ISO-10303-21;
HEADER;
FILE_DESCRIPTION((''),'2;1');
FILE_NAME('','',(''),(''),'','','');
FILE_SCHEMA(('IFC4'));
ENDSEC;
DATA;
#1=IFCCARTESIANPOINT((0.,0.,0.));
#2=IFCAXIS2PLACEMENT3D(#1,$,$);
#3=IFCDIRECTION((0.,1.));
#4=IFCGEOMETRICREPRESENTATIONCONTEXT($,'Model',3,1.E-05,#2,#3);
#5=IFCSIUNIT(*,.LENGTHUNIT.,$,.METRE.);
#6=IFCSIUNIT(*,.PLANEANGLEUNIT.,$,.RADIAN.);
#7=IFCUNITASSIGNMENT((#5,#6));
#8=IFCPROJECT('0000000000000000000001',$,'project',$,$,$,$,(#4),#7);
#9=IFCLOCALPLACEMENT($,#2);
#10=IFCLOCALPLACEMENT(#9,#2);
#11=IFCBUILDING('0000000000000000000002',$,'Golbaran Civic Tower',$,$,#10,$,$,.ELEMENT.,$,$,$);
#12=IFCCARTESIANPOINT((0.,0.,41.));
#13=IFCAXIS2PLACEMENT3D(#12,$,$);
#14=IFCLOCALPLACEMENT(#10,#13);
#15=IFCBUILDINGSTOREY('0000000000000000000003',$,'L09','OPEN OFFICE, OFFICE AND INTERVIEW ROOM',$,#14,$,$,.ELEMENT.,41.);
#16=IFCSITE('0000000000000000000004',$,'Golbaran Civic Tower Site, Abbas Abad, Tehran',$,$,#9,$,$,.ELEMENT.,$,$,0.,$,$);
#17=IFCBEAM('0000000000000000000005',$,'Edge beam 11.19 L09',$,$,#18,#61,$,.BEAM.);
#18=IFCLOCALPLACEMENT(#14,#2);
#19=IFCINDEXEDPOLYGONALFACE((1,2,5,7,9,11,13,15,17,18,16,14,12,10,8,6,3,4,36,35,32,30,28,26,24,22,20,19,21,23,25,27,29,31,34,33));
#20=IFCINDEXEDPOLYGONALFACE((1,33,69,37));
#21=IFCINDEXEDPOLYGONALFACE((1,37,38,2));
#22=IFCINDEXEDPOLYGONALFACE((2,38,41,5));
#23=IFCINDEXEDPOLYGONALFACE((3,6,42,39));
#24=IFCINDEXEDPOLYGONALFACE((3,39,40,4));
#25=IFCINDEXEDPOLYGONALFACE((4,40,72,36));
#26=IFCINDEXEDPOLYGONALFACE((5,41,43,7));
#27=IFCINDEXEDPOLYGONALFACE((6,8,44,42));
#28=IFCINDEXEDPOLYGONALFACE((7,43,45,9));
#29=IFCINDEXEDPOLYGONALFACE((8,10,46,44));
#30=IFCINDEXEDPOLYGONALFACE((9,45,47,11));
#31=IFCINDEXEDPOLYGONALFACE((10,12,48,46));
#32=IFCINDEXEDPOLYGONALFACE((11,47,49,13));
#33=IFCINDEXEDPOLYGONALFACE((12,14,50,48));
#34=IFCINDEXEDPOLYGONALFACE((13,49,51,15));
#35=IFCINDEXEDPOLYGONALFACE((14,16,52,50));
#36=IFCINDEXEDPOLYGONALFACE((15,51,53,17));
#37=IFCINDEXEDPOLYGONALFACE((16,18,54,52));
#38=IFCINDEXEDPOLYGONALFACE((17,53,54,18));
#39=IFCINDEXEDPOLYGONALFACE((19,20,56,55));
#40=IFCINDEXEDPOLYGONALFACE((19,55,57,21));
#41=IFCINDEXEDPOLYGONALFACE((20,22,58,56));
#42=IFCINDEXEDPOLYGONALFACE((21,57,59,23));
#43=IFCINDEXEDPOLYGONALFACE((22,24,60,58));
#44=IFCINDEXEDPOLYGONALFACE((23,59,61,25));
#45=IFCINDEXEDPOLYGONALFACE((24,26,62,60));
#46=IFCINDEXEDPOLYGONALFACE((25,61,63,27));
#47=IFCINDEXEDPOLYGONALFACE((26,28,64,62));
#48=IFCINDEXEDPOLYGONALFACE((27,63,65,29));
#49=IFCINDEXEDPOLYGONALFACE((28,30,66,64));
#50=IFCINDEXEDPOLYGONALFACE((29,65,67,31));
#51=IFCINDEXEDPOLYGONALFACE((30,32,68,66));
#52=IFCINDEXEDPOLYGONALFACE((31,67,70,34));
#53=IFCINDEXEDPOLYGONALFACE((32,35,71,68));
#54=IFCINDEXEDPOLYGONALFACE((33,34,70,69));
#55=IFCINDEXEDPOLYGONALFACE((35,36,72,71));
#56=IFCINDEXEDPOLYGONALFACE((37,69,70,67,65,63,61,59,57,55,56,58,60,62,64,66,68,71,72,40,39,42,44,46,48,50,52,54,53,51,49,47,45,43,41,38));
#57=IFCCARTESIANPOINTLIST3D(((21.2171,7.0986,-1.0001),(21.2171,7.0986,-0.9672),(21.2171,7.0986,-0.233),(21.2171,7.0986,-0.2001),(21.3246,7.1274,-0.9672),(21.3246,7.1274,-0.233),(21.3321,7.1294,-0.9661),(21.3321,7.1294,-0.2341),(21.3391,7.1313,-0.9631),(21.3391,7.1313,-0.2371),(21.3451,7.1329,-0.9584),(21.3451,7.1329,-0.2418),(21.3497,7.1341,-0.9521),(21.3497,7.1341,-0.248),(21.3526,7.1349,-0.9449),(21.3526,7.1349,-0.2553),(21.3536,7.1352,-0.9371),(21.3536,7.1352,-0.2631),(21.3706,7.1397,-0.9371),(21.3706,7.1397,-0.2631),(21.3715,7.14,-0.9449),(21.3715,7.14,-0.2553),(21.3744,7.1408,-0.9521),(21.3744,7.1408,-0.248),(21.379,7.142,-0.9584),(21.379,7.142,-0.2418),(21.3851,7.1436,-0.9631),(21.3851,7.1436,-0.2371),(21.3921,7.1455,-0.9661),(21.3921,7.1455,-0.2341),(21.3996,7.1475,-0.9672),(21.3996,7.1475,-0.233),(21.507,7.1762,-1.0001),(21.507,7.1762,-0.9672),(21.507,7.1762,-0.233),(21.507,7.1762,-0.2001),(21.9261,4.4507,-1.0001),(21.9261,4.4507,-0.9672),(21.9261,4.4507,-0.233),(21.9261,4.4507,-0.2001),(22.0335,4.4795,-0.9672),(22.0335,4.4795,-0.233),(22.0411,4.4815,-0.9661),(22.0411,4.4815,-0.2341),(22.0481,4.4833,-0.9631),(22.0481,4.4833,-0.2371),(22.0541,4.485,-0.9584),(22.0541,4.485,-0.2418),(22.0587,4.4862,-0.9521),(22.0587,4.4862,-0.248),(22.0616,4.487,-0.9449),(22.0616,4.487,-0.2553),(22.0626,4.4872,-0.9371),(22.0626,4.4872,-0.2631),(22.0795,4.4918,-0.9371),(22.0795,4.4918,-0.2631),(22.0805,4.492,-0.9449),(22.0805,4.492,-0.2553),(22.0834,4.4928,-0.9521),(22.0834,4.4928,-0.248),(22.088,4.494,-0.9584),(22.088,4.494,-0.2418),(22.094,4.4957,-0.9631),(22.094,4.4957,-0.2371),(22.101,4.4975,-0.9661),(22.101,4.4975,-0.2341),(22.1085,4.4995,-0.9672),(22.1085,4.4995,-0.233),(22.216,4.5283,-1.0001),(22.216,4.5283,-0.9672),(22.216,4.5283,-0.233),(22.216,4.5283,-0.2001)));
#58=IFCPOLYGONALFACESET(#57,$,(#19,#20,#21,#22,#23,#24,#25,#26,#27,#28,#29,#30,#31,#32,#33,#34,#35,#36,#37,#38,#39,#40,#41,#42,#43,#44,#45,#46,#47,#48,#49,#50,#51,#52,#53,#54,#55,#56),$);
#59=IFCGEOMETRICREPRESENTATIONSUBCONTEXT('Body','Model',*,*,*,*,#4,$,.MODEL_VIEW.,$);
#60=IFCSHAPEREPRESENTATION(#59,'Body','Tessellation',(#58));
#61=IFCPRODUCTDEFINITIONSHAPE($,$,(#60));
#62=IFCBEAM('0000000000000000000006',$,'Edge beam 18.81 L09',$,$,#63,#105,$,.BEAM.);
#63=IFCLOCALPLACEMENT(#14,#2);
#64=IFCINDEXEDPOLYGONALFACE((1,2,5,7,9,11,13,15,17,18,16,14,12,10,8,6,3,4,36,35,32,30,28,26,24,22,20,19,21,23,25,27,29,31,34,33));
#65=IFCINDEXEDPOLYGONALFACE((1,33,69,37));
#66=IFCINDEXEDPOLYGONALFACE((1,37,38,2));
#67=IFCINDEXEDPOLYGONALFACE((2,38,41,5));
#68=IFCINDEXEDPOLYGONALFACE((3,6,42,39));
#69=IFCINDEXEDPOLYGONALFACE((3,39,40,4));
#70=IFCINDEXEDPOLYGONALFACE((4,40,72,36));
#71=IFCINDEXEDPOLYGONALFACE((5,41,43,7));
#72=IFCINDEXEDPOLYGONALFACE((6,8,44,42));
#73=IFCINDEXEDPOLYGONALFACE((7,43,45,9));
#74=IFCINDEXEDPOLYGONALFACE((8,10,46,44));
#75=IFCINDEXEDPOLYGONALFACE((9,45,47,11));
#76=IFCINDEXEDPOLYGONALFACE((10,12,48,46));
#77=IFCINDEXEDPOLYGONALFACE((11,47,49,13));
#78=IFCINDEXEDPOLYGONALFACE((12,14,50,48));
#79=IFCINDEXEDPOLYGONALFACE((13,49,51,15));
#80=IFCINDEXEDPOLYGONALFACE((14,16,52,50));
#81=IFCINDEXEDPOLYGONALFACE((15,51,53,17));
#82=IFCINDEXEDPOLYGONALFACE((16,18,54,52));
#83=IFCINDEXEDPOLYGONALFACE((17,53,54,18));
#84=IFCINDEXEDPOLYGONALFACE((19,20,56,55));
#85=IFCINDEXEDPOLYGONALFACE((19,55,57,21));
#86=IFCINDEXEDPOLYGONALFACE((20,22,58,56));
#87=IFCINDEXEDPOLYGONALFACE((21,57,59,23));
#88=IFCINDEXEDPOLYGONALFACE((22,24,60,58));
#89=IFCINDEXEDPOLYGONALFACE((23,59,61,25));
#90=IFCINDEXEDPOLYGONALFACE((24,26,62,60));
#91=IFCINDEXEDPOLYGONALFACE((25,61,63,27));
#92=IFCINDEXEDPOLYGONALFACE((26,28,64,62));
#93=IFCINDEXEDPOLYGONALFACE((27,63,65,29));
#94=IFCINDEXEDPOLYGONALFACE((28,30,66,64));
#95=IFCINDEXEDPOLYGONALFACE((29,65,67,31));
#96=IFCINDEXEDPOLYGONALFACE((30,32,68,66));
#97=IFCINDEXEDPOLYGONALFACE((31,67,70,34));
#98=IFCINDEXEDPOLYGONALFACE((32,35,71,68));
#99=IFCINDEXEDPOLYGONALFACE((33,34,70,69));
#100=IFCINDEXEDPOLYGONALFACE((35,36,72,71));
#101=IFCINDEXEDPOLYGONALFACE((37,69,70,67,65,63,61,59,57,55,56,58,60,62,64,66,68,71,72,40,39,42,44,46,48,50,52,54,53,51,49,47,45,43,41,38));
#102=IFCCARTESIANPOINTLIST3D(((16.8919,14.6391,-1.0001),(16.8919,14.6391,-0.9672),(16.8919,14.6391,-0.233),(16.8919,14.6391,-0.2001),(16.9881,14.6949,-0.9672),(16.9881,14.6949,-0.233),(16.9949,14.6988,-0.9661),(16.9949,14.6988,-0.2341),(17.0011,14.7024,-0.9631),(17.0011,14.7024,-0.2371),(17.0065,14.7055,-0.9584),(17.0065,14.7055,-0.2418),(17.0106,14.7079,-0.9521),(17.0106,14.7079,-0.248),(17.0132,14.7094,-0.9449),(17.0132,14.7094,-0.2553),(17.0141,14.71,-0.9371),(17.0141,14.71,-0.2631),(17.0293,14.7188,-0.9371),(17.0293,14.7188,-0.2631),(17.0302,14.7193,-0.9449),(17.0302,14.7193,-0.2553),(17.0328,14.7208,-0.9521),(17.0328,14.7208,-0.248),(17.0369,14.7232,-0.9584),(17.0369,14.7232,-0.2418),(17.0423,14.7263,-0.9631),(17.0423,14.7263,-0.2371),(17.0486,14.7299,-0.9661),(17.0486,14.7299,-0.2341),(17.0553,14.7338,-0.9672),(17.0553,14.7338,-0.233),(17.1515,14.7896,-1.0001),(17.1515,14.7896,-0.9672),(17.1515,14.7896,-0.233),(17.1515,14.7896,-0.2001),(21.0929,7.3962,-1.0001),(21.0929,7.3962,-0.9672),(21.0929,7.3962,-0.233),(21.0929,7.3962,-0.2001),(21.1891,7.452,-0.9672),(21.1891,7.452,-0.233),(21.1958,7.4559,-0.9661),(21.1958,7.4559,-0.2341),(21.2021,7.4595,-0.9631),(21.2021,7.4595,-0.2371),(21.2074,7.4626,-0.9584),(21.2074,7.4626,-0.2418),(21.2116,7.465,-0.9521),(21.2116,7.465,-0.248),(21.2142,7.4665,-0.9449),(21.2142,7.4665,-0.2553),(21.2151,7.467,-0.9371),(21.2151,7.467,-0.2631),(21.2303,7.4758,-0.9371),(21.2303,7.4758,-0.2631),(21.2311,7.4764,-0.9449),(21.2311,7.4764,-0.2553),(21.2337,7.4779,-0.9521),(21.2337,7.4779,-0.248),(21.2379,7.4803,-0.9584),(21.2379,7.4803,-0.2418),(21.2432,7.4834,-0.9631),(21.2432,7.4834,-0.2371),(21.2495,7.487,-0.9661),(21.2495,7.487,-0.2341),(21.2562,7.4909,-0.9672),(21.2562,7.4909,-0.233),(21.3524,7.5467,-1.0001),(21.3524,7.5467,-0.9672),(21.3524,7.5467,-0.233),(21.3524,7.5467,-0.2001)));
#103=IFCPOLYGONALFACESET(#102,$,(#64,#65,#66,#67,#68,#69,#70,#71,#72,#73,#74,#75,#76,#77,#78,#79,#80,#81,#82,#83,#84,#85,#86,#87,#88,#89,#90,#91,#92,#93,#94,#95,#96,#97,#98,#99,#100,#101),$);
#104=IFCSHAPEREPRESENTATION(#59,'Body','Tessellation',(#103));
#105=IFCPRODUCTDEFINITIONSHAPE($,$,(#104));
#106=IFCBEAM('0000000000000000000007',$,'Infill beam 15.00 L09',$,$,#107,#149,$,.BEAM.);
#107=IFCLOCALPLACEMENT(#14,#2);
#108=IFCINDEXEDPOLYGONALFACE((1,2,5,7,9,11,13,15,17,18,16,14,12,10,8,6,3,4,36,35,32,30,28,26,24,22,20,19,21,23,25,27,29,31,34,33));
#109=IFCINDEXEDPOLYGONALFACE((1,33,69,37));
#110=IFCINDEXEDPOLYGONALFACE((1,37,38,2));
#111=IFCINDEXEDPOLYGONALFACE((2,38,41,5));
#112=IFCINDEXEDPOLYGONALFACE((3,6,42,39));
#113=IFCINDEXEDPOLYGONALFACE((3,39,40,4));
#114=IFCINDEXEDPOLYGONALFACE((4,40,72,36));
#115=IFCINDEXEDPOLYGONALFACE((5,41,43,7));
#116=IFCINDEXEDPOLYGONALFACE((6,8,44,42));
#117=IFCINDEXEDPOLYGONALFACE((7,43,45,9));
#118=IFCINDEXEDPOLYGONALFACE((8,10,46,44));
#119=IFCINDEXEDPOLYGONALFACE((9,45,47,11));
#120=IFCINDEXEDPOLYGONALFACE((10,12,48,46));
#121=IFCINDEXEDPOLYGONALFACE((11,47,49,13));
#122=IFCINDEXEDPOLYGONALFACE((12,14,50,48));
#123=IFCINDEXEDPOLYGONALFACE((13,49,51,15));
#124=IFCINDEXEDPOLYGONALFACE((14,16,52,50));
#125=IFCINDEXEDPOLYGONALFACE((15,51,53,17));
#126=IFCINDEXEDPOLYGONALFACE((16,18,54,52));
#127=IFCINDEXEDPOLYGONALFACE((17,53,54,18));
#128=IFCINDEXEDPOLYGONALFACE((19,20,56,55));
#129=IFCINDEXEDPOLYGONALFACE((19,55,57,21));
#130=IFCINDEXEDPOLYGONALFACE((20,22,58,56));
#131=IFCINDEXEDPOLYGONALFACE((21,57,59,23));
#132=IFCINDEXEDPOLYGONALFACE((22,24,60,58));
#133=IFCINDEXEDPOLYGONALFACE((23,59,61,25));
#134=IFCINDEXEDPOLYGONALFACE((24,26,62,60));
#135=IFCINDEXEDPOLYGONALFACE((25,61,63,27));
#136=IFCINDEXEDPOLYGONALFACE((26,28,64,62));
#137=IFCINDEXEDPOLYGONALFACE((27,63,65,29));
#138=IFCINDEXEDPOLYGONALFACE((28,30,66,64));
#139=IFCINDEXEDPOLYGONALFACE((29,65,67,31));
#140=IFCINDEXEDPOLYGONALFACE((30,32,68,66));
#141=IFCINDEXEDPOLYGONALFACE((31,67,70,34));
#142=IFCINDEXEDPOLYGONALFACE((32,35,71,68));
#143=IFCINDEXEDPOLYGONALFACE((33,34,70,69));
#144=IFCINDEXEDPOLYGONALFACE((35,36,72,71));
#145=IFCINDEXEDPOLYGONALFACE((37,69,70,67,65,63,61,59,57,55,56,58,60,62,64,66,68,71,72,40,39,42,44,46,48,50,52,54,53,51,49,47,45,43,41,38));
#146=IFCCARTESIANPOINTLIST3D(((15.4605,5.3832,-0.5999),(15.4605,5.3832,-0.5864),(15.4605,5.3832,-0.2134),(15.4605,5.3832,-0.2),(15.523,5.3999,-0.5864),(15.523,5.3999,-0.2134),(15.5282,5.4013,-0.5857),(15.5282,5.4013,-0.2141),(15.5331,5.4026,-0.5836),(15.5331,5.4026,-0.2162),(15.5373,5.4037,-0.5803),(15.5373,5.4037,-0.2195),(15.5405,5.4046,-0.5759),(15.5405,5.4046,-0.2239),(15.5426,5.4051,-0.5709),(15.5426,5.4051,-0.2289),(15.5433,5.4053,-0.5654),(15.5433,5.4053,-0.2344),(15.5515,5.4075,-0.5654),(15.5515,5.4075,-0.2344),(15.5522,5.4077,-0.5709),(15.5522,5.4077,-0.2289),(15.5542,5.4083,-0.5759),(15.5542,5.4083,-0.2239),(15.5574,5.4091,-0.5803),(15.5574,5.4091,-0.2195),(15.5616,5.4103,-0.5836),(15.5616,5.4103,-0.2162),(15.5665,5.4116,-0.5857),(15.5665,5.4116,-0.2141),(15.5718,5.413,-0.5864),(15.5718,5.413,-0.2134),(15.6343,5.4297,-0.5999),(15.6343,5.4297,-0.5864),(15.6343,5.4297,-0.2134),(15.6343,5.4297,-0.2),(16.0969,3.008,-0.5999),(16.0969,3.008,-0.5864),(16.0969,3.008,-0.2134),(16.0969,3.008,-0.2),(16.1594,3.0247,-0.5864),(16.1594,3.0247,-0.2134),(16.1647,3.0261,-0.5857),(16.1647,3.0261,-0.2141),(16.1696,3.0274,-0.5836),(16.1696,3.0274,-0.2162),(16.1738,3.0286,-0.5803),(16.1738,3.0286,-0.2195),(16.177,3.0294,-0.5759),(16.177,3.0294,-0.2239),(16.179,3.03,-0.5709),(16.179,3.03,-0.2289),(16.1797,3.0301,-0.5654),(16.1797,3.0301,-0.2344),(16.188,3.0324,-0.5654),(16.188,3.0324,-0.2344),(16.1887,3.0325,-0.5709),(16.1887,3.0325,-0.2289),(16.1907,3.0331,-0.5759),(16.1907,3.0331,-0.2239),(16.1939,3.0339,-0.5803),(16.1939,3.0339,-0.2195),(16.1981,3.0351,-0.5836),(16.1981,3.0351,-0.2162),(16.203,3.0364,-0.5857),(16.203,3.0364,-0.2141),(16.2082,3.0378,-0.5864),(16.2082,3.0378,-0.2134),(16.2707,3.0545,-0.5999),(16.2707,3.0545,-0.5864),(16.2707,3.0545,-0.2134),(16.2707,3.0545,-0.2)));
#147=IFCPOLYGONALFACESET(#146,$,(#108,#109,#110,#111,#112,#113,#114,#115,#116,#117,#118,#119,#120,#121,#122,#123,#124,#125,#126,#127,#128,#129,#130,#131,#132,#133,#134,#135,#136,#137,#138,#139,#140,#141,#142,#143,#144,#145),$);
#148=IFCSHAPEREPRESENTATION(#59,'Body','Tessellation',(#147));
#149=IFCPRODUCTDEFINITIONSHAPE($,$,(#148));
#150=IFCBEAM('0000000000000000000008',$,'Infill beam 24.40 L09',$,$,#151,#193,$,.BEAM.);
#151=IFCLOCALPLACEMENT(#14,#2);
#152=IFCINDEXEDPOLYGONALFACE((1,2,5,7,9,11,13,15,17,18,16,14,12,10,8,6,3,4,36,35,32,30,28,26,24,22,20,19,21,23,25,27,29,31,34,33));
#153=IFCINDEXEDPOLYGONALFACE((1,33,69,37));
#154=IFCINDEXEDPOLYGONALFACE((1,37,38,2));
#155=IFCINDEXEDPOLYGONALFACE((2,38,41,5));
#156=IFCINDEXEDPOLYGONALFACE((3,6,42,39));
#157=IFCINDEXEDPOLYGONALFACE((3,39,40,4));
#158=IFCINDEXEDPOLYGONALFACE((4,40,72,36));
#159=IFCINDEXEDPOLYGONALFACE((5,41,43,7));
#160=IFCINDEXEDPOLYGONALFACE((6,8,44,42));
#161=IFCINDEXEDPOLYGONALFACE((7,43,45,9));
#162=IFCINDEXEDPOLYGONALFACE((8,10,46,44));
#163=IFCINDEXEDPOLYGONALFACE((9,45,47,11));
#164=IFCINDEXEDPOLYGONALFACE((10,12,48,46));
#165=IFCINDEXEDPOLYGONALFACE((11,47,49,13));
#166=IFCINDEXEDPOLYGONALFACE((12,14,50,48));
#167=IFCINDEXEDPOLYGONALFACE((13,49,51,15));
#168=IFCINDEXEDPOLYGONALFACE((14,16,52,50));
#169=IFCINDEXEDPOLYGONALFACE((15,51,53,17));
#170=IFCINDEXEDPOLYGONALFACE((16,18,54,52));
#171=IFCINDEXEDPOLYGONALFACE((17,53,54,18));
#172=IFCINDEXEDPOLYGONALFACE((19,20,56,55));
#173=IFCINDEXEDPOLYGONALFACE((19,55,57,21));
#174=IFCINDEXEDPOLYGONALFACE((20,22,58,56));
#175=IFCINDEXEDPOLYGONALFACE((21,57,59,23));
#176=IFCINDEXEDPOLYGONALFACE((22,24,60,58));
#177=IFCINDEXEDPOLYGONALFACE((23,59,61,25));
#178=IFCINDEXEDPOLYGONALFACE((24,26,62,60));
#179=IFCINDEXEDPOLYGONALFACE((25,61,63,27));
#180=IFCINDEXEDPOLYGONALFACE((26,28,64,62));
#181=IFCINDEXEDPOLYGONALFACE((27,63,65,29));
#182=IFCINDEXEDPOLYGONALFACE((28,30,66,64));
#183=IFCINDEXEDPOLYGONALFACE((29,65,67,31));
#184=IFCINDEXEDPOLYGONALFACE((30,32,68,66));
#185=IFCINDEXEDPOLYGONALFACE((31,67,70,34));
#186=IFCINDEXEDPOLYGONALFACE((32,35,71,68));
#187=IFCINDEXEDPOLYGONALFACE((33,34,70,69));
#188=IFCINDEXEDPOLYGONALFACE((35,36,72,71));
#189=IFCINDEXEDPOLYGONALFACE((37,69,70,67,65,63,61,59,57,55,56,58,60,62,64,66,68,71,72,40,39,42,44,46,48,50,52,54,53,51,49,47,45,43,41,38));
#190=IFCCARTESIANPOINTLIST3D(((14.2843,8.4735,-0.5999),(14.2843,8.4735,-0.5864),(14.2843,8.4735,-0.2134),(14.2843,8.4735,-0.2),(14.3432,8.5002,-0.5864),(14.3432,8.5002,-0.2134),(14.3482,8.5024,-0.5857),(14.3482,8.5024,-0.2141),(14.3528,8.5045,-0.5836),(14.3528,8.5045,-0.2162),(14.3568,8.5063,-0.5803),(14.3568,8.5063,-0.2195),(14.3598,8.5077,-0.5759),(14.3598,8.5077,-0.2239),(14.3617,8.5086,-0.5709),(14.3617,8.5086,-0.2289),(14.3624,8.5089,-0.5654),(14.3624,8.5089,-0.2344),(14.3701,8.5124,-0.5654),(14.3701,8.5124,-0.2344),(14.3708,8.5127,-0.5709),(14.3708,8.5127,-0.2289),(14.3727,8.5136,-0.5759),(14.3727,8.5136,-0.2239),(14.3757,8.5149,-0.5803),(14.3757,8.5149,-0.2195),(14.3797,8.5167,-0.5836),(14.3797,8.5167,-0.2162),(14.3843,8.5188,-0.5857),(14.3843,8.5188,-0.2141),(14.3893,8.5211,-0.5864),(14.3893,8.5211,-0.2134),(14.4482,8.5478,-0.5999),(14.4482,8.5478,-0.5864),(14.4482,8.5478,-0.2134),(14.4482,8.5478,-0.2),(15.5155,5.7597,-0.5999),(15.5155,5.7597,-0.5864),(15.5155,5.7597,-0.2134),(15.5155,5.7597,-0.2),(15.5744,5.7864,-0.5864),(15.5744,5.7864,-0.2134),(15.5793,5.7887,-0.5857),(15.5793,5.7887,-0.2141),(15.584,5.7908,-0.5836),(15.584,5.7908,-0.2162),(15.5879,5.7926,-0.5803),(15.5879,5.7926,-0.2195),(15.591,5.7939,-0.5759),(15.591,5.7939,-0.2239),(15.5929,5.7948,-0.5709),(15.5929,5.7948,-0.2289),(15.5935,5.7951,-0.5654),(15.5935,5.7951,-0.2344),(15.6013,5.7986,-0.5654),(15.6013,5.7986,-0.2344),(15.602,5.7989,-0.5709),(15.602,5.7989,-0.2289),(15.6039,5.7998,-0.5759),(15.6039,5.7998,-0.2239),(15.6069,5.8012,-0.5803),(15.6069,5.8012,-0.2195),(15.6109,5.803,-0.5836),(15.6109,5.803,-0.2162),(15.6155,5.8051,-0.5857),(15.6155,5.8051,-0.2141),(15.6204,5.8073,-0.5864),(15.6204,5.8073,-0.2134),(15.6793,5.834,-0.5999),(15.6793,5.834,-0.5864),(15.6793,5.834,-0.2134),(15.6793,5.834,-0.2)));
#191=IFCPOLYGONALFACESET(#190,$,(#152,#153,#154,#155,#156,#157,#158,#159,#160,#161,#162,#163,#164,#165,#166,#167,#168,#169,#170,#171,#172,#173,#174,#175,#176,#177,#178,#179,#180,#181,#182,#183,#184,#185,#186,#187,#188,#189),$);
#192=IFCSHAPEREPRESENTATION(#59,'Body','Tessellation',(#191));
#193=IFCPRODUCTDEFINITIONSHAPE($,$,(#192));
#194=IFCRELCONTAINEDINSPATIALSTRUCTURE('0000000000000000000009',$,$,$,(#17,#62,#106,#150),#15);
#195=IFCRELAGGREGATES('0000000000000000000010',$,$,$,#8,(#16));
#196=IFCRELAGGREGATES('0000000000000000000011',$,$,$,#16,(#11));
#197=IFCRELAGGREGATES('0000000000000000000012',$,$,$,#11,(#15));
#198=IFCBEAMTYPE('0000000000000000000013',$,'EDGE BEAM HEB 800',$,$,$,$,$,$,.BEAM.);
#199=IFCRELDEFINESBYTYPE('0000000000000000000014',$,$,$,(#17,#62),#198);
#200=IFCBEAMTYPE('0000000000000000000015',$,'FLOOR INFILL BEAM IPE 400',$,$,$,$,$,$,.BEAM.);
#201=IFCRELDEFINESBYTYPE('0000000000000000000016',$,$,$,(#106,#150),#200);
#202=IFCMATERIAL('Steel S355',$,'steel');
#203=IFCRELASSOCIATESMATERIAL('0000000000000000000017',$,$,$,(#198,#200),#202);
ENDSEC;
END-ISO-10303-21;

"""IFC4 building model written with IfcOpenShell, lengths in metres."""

from ifc_helpers import new_model, si_unit, direction, frame, origin, origin_2d, place, context, subcontext, project, spatial, i_section, extrude, material, material_profile, profile_set, type_object, element, save


model = new_model("IFC4")

# Units and contexts
model_context = context("Model", 3, precision=1e-05, world=origin(), true_north=direction((0.0, 1.0)))
body_context = subcontext(model_context, "Body", "Model", "MODEL_VIEW")
ifc_project = project(units=[si_unit("LENGTHUNIT", "METRE"), si_unit("PLANEANGLEUNIT", "RADIAN")], contexts=[model_context])

# Site, building, storey
site_placement = place(None, origin())
site = spatial("IfcSite", under=ifc_project, at=site_placement, Name="Golbaran Civic Tower Site, Abbas Abad, Tehran", CompositionType="ELEMENT", RefElevation=0.0)
building_placement = place(site_placement, origin())
building = spatial("IfcBuilding", under=site, at=building_placement, Name="Golbaran Civic Tower", CompositionType="ELEMENT")
storey_placement = place(building_placement, frame((0.0, 0.0, 41.0)))
storey = spatial("IfcBuildingStorey", under=building, at=storey_placement, Name="L09", Description="OPEN OFFICE, OFFICE AND INTERVIEW ROOM", CompositionType="ELEMENT", Elevation=41.0)

# Beams
ifc_material_1 = material(Name="Steel S355", Category="steel")
ifc_material_profile_1 = material_profile(ifc_material_1, i_section(OverallWidth=0.3, OverallDepth=0.8, WebThickness=0.0176, FlangeThickness=0.033, FilletRadius=0.03, at=origin_2d()), Name="HEB 800")
ifc_profile_set_1 = profile_set([ifc_material_profile_1], Name="Steel S355")
beam_type_1 = type_object("IfcBeamType", Name="EDGE BEAM HEB 800", PredefinedType="BEAM", material=ifc_profile_set_1)
beam_1_placement = place(storey_placement, frame((22.071, 4.4895, -0.6001), z_axis=(-0.258638, 0.965974, 0.0), x_axis=(-0.965974, -0.258638, 0.0)))
element("IfcBeam", 1, at=beam_1_placement, inside=storey, type_object=beam_type_1, Name="Edge beam 11.19 L09", PredefinedType="BEAM", context=body_context, shape_type="SweptSolid", body=[
    extrude(i_section(OverallWidth=0.3, OverallDepth=0.8, WebThickness=0.0176, FlangeThickness=0.033, FilletRadius=0.03, at=origin_2d()), origin(), (0.0, 0.0, 1.0), 2.7412),
])
beam_2_placement = place(storey_placement, frame((21.2227, 7.4714, -0.6001), z_axis=(-0.501721, 0.865029, 0.0), x_axis=(-0.865029, -0.501721, 0.0)))
element("IfcBeam", 2, at=beam_2_placement, inside=storey, type_object=beam_type_1, Name="Edge beam 18.81 L09", PredefinedType="BEAM", context=body_context, shape_type="SweptSolid", body=[
    extrude(i_section(OverallWidth=0.3, OverallDepth=0.8, WebThickness=0.0176, FlangeThickness=0.033, FilletRadius=0.03, at=origin_2d()), origin(), (0.0, 0.0, 1.0), 8.373),
])
ifc_material_profile_2 = material_profile(ifc_material_1, i_section(OverallWidth=0.1799, OverallDepth=0.3999, WebThickness=0.0085, FlangeThickness=0.0134, FilletRadius=0.021, at=origin_2d()), Name="IPE 400")
ifc_profile_set_2 = profile_set([ifc_material_profile_2], Name="Steel S355")
beam_type_2 = type_object("IfcBeamType", Name="FLOOR INFILL BEAM IPE 400", PredefinedType="BEAM", material=ifc_profile_set_2)
beam_3_placement = place(storey_placement, frame((16.1838, 3.0312, -0.3999), z_axis=(-0.25883, 0.965923, 0.0), x_axis=(-0.965923, -0.25883, 0.0)))
element("IfcBeam", 3, at=beam_3_placement, inside=storey, type_object=beam_type_2, Name="Infill beam 15.00 L09", PredefinedType="BEAM", context=body_context, shape_type="SweptSolid", body=[
    extrude(i_section(OverallWidth=0.1799, OverallDepth=0.3999, WebThickness=0.0085, FlangeThickness=0.0134, FilletRadius=0.021, at=origin_2d()), origin(), (0.0, 0.0, 1.0), 2.459),
])
beam_4_placement = place(storey_placement, frame((15.5974, 5.7969, -0.3999), z_axis=(-0.413142, 0.910666, 0.0), x_axis=(-0.910666, -0.413142, 0.0)))
element("IfcBeam", 4, at=beam_4_placement, inside=storey, type_object=beam_type_2, Name="Infill beam 24.40 L09", PredefinedType="BEAM", context=body_context, shape_type="SweptSolid", body=[
    extrude(i_section(OverallWidth=0.1799, OverallDepth=0.3999, WebThickness=0.0085, FlangeThickness=0.0134, FilletRadius=0.021, at=origin_2d()), origin(), (0.0, 0.0, 1.0), 2.98),
])

save(model, "model.ifc")
